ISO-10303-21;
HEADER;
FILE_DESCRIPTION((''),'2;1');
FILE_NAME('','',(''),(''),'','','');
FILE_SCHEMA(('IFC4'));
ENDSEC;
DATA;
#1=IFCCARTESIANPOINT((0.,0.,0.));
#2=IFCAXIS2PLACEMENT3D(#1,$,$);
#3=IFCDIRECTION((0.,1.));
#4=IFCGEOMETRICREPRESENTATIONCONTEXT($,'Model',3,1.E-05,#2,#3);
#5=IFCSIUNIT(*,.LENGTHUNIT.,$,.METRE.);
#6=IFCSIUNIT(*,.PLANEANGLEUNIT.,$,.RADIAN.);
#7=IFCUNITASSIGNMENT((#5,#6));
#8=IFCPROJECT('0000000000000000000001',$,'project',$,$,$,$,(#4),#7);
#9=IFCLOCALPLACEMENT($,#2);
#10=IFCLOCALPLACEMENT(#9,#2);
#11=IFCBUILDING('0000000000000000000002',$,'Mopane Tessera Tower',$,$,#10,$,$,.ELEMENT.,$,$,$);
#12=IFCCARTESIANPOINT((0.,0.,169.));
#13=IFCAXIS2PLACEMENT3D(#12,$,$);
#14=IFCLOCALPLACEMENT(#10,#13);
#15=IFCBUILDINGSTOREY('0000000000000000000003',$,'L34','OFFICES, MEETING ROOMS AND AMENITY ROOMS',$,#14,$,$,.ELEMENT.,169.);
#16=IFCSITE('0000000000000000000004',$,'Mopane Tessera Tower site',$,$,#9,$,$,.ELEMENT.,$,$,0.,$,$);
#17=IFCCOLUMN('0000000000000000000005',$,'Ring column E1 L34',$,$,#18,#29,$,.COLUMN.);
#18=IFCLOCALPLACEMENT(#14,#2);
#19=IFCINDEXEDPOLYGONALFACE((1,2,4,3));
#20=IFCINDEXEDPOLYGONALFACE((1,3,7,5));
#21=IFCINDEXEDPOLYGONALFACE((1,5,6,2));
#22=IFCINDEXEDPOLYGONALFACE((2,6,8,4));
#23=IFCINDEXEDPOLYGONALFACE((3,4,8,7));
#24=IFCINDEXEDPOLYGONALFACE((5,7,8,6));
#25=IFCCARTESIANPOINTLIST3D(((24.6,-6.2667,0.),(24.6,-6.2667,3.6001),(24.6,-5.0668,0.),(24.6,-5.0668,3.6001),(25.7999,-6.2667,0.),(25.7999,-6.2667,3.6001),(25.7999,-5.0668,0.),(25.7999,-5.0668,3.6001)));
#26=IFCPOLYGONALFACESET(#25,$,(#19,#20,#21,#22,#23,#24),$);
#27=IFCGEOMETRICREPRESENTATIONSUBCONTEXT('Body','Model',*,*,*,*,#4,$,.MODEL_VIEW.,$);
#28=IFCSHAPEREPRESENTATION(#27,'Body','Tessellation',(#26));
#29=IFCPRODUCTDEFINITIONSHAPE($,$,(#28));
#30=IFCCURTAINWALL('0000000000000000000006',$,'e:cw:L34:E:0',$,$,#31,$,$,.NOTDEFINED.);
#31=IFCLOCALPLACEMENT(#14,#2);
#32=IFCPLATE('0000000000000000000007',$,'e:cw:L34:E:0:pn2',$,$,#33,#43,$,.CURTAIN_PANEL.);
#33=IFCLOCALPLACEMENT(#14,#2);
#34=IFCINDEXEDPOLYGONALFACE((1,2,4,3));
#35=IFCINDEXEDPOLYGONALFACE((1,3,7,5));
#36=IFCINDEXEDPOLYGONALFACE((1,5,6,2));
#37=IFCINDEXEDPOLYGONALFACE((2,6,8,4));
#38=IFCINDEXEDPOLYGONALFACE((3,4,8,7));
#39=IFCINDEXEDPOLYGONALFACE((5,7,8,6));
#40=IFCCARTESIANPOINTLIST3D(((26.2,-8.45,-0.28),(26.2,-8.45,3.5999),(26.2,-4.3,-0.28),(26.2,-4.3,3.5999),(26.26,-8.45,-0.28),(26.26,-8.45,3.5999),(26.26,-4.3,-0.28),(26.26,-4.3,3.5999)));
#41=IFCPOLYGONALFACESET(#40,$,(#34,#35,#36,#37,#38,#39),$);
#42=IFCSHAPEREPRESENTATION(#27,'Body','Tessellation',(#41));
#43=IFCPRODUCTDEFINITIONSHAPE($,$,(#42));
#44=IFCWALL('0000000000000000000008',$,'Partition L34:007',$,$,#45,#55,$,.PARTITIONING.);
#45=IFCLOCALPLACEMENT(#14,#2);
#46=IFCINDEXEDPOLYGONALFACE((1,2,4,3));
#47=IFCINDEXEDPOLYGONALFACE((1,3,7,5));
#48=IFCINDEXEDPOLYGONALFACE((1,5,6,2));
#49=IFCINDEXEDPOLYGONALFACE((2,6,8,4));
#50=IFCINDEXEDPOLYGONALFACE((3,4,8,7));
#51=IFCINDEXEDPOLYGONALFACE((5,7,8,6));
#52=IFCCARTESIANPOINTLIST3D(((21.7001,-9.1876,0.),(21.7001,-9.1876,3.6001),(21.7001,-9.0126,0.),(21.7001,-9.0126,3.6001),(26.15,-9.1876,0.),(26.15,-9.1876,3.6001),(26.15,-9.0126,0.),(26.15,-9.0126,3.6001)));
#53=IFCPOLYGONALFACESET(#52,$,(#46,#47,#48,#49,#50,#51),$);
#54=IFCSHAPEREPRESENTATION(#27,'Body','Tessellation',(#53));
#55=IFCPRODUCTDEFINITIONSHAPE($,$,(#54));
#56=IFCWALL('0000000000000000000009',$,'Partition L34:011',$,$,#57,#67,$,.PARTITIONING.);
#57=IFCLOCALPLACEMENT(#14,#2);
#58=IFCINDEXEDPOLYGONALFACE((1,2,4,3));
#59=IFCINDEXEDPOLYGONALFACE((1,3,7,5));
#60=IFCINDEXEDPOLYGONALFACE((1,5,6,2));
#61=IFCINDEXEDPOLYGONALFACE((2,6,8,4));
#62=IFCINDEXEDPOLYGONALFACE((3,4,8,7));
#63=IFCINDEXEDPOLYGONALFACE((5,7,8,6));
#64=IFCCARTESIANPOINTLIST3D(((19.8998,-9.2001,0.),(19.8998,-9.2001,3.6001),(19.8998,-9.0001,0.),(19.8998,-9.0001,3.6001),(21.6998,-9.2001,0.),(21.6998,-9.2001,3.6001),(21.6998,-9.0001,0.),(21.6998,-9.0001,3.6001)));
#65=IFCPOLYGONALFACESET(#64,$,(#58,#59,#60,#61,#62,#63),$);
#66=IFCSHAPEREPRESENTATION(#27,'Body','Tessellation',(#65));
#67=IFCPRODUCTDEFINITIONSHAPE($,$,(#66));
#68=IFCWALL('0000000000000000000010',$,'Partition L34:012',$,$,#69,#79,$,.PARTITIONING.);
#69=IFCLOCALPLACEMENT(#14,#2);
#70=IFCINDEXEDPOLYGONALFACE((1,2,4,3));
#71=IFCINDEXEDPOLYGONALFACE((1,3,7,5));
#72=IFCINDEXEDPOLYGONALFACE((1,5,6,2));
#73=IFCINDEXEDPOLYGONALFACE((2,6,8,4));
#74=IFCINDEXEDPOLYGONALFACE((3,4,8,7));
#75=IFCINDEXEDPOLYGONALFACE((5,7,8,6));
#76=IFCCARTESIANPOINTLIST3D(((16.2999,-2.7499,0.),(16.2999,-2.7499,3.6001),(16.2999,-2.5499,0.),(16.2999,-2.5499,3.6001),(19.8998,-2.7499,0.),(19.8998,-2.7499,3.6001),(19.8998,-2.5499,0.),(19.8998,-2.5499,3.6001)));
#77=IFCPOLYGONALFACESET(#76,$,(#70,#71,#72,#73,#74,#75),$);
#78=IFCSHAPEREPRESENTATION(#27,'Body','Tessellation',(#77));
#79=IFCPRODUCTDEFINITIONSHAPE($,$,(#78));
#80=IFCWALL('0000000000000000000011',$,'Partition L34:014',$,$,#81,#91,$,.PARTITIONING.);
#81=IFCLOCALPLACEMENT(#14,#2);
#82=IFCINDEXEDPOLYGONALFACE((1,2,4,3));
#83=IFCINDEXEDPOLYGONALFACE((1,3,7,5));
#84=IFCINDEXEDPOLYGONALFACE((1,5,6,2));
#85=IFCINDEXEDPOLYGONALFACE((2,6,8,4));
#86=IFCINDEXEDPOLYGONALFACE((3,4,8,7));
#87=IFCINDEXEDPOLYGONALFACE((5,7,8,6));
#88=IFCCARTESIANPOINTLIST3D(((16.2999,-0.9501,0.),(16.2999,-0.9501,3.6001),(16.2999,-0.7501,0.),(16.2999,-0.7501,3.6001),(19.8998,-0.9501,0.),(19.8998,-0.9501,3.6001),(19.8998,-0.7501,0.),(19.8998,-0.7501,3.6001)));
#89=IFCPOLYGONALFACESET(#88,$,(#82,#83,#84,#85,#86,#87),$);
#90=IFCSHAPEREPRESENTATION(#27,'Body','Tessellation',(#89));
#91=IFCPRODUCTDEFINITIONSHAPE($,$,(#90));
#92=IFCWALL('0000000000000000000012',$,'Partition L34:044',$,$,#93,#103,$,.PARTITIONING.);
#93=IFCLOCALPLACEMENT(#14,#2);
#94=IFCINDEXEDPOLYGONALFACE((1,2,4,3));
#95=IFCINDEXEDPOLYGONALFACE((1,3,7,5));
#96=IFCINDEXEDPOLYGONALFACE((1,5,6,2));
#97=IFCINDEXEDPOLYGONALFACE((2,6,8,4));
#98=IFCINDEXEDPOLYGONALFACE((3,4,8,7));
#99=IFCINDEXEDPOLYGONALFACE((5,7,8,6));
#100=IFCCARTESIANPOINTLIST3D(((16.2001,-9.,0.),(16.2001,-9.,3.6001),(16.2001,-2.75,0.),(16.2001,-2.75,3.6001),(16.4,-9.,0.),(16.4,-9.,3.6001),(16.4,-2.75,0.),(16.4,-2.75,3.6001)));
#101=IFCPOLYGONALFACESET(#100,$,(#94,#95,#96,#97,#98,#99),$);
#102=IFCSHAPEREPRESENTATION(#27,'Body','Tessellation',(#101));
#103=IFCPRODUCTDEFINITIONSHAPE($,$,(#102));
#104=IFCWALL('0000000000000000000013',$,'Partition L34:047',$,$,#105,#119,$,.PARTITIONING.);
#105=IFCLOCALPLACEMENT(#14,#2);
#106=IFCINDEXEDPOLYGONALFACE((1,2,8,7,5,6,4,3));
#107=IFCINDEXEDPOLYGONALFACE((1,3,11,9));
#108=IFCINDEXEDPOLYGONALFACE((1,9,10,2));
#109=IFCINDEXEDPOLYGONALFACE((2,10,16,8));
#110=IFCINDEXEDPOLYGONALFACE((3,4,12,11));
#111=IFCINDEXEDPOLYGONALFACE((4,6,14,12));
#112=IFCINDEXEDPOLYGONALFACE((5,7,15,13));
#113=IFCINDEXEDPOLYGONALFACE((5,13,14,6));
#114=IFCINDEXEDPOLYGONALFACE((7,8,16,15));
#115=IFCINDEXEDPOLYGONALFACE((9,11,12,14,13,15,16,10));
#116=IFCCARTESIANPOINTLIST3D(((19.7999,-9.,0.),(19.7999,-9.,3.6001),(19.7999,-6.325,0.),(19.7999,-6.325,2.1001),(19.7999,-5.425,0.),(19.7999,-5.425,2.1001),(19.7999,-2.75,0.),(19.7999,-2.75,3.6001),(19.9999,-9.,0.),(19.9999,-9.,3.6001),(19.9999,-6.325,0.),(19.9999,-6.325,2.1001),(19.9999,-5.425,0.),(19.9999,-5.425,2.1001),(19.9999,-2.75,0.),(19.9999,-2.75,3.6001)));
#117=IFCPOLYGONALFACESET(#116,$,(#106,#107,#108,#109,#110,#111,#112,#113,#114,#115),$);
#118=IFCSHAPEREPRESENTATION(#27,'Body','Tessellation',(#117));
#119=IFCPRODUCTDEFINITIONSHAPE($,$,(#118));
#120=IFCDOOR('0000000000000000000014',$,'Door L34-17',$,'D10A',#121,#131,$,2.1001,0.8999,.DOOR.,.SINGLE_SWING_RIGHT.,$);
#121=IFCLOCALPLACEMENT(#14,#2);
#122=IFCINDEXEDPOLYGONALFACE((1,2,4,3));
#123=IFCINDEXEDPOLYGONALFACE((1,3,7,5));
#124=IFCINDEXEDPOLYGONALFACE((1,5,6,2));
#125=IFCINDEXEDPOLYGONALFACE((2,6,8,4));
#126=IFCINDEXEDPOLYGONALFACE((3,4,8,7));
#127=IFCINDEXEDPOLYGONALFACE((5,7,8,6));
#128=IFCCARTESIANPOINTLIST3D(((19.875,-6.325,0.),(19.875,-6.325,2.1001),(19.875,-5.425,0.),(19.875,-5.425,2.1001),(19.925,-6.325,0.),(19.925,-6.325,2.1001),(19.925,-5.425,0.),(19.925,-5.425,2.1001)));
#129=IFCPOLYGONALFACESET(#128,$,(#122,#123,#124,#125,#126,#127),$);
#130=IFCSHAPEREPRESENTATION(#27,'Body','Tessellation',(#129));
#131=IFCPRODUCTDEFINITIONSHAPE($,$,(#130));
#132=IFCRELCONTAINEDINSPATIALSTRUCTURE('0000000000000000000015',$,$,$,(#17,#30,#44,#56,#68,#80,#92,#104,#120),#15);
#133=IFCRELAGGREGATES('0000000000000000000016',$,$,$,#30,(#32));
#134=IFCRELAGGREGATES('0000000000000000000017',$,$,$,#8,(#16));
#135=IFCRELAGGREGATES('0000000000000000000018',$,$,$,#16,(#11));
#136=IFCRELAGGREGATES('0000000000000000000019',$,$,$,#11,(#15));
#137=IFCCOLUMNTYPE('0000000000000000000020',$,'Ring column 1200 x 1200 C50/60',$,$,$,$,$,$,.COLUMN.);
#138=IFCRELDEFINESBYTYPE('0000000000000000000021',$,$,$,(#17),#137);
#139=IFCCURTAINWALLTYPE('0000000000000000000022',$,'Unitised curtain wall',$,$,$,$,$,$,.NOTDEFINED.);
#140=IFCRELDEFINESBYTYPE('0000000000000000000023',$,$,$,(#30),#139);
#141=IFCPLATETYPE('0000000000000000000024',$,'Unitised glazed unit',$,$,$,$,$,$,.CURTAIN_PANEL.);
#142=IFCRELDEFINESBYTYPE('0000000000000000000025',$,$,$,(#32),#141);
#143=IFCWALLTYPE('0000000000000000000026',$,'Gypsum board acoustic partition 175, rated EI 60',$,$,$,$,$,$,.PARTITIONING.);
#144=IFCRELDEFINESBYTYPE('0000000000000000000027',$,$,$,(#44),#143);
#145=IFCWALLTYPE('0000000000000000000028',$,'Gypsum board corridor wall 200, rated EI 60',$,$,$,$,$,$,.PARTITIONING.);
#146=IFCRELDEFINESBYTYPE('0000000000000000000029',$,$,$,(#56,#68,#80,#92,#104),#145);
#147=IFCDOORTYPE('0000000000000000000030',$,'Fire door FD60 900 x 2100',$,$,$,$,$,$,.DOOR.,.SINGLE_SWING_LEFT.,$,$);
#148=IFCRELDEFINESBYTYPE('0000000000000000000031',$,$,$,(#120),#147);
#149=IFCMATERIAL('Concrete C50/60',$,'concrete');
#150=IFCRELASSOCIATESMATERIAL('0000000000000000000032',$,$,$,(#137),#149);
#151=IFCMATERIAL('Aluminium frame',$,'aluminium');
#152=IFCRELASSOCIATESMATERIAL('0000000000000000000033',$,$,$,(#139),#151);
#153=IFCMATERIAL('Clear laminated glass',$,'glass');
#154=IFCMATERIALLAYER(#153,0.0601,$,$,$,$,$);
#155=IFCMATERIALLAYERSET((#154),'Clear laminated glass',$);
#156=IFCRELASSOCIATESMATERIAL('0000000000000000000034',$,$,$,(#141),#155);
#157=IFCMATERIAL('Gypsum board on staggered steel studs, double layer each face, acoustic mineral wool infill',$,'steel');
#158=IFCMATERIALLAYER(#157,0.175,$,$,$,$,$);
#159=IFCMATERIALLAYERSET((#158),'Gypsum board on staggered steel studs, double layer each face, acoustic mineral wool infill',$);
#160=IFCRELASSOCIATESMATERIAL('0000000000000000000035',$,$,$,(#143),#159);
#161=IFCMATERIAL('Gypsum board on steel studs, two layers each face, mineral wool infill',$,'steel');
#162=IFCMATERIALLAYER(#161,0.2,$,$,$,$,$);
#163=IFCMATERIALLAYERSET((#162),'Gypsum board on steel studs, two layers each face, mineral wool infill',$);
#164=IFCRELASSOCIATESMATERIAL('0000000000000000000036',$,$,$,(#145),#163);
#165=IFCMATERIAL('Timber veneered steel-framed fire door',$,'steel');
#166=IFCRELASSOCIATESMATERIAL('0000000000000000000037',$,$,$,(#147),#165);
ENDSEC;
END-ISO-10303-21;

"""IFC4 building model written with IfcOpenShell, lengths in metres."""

from ifc_helpers import new_model, si_unit, direction, frame, frame_2d, origin, origin_2d, place, context, subcontext, project, spatial, rectangle, extrude, material, layer, layer_set, material_profile, profile_set, type_object, element, fill, aggregate, save


model = new_model("IFC4")

# Units and contexts
model_context = context("Model", 3, precision=1e-05, world=origin(), true_north=direction((0.0, 1.0)))
body_context = subcontext(model_context, "Body", "Model", "MODEL_VIEW")
ifc_project = project(units=[si_unit("LENGTHUNIT", "METRE"), si_unit("PLANEANGLEUNIT", "RADIAN")], contexts=[model_context])

# Site, building, storey
site_placement = place(None, origin())
site = spatial("IfcSite", under=ifc_project, at=site_placement, Name="Mopane Tessera Tower site", CompositionType="ELEMENT", RefElevation=0.0)
building_placement = place(site_placement, origin())
building = spatial("IfcBuilding", under=site, at=building_placement, Name="Mopane Tessera Tower", CompositionType="ELEMENT")
storey_placement = place(building_placement, frame((0.0, 0.0, 169.0)))
storey = spatial("IfcBuildingStorey", under=building, at=storey_placement, Name="L34", Description="OFFICES, MEETING ROOMS AND AMENITY ROOMS", CompositionType="ELEMENT", Elevation=169.0)

# Column
ifc_material_1 = material(Name="Concrete C50/60", Category="concrete")
ifc_material_profile = material_profile(ifc_material_1, rectangle(XDim=1.2, YDim=1.2, at=origin_2d()))
ifc_profile_set = profile_set([ifc_material_profile], Name="Concrete C50/60")
column_type = type_object("IfcColumnType", Name="Ring column 1200 x 1200 C50/60", PredefinedType="COLUMN", material=ifc_profile_set)
column_placement = place(storey_placement, frame((25.2, -5.6667, 0.0), z_axis=(0.0, 0.0, 1.0), x_axis=(1.0, 0.0, 0.0)))
element("IfcColumn", 1, at=column_placement, inside=storey, type_object=column_type, Name="Ring column E1 L34", PredefinedType="COLUMN", context=body_context, shape_type="SweptSolid", body=[
    extrude(rectangle(XDim=1.2, YDim=1.2, at=origin_2d()), origin(), (0.0, 0.0, 1.0), 3.6001),
])

# Curtain wall, plate
ifc_material_2 = material(Name="Aluminium frame", Category="aluminium")
curtain_wall_type = type_object("IfcCurtainWallType", Name="Unitised curtain wall", PredefinedType="NOTDEFINED", material=ifc_material_2)
curtain_wall_placement = place(storey_placement, origin())
curtain_wall = element("IfcCurtainWall", 2, at=curtain_wall_placement, inside=storey, type_object=curtain_wall_type, Name="e:cw:L34:E:0", PredefinedType="NOTDEFINED")
ifc_material_3 = material(Name="Clear laminated glass", Category="glass")
ifc_layer_1 = layer(ifc_material_3, 0.0601)
ifc_layer_set_1 = layer_set([ifc_layer_1], Name="Clear laminated glass")
plate_type = type_object("IfcPlateType", Name="Unitised glazed unit", PredefinedType="CURTAIN_PANEL", material=ifc_layer_set_1)
plate_placement = place(storey_placement, frame((26.23, -6.375, -0.28), z_axis=(0.0, 0.0, 1.0), x_axis=(0.0, 1.0, 0.0)))
plate = element("IfcPlate", 3, at=plate_placement, type_object=plate_type, Name="e:cw:L34:E:0:pn2", PredefinedType="CURTAIN_PANEL", context=body_context, shape_type="SweptSolid", body=[
    extrude(rectangle(XDim=4.1499, YDim=0.0601, at=origin_2d()), origin(), (0.0, 0.0, 1.0), 3.8799),
])
aggregate(curtain_wall, [plate])

# Walls
ifc_material_4 = material(Name="Gypsum board on staggered steel studs, double layer each face, acoustic mineral wool infill", Category="steel")
ifc_layer_2 = layer(ifc_material_4, 0.175)
ifc_layer_set_2 = layer_set([ifc_layer_2], Name="Gypsum board on staggered steel studs, double layer each face, acoustic mineral wool infill")
wall_type_1 = type_object("IfcWallType", Name="Gypsum board acoustic partition 175, rated EI 60", PredefinedType="PARTITIONING", material=ifc_layer_set_2)
wall_1_placement = place(storey_placement, frame((21.7, -9.1001, 0.0), z_axis=(0.0, 0.0, 1.0), x_axis=(1.0, 0.0, 0.0)))
element("IfcWall", 4, at=wall_1_placement, inside=storey, type_object=wall_type_1, Name="Partition L34:007", PredefinedType="PARTITIONING", context=body_context, shape_type="SweptSolid", body=[
    extrude(rectangle(XDim=4.45, YDim=0.175, at=frame_2d((2.2251, 0.0))), origin(), (0.0, 0.0, 1.0), 3.6001),
])
ifc_material_5 = material(Name="Gypsum board on steel studs, two layers each face, mineral wool infill", Category="steel")
ifc_layer_3 = layer(ifc_material_5, 0.2)
ifc_layer_set_3 = layer_set([ifc_layer_3], Name="Gypsum board on steel studs, two layers each face, mineral wool infill")
wall_type_2 = type_object("IfcWallType", Name="Gypsum board corridor wall 200, rated EI 60", PredefinedType="PARTITIONING", material=ifc_layer_set_3)
wall_2_placement = place(storey_placement, frame((19.8999, -9.1001, 0.0), z_axis=(0.0, 0.0, 1.0), x_axis=(1.0, 0.0, 0.0)))
element("IfcWall", 5, at=wall_2_placement, inside=storey, type_object=wall_type_2, Name="Partition L34:011", PredefinedType="PARTITIONING", context=body_context, shape_type="SweptSolid", body=[
    extrude(rectangle(XDim=1.8, YDim=0.2, at=frame_2d((0.8999, 0.0))), origin(), (0.0, 0.0, 1.0), 3.6001),
])
for number, where, z_axis, x_axis, name in (
    (6, (16.3, -2.6499, 0.0), (0.0, 0.0, 1.0), (1.0, 0.0, 0.0), "Partition L34:012"),
    (7, (16.3, -0.8501, 0.0), (0.0, 0.0, 1.0), (1.0, 0.0, 0.0), "Partition L34:014"),
):
    element("IfcWall", number, at=place(storey_placement, frame(where, z_axis=z_axis, x_axis=x_axis)), inside=storey, type_object=wall_type_2, Name=name, PredefinedType="PARTITIONING", context=body_context, shape_type="SweptSolid", body=[
        extrude(rectangle(XDim=3.5999, YDim=0.2, at=frame_2d((1.7998, 0.0))), origin(), (0.0, 0.0, 1.0), 3.6001),
    ])
wall_3_placement = place(storey_placement, frame((16.3, -9.0, 0.0), z_axis=(0.0, 0.0, 1.0), x_axis=(0.0, 1.0, 0.0)))
element("IfcWall", 8, at=wall_3_placement, inside=storey, type_object=wall_type_2, Name="Partition L34:044", PredefinedType="PARTITIONING", context=body_context, shape_type="SweptSolid", body=[
    extrude(rectangle(XDim=6.25, YDim=0.2, at=frame_2d((3.125, 0.0))), origin(), (0.0, 0.0, 1.0), 3.6001),
])

# Wall, opening, door
wall_4_placement = place(storey_placement, frame((19.8999, -9.0, 0.0), z_axis=(0.0, 0.0, 1.0), x_axis=(0.0, 1.0, 0.0)))
wall_4 = element("IfcWall", 9, at=wall_4_placement, inside=storey, type_object=wall_type_2, Name="Partition L34:047", PredefinedType="PARTITIONING", context=body_context, shape_type="SweptSolid", body=[
    extrude(rectangle(XDim=6.25, YDim=0.2, at=frame_2d((3.125, 0.0))), origin(), (0.0, 0.0, 1.0), 3.6001),
])
opening_1_placement = place(wall_4_placement, frame((2.675, 0.0, 0.0)))
opening_1 = element("IfcOpeningElement", 10, at=opening_1_placement, cuts=wall_4, PredefinedType="OPENING", context=body_context, shape_type="SweptSolid", body=[
    extrude(rectangle(XDim=0.8999, YDim=2.1001, at=frame_2d((0.45, 1.05))), frame((0.0, 0.1121, 0.0), z_axis=(0.0, -1.0, 0.0), x_axis=(1.0, 0.0, 0.0)), (0.0, 0.0, 1.0), 0.2239),
])
ifc_material_6 = material(Name="Timber veneered steel-framed fire door", Category="steel")
door_type_1 = type_object("IfcDoorType", Name="Fire door FD60 900 x 2100", OperationType="SINGLE_SWING_LEFT", PredefinedType="DOOR", material=ifc_material_6)
door_1_placement = place(opening_1_placement, origin())
door_1 = element("IfcDoor", 11, at=door_1_placement, inside=storey, type_object=door_type_1, Name="Door L34-17", ObjectType="D10A", OperationType="SINGLE_SWING_RIGHT", OverallHeight=2.1001, OverallWidth=0.8999, PredefinedType="DOOR", context=body_context, shape_type="SweptSolid", body=[
    extrude(rectangle(XDim=0.8999, YDim=2.1001, at=frame_2d((0.45, 1.05))), frame((0.0, 0.0249, 0.0), z_axis=(0.0, -1.0, 0.0), x_axis=(1.0, 0.0, 0.0)), (0.0, 0.0, 1.0), 0.05),
])
fill(opening_1, door_1)

save(model, "model.ifc")
